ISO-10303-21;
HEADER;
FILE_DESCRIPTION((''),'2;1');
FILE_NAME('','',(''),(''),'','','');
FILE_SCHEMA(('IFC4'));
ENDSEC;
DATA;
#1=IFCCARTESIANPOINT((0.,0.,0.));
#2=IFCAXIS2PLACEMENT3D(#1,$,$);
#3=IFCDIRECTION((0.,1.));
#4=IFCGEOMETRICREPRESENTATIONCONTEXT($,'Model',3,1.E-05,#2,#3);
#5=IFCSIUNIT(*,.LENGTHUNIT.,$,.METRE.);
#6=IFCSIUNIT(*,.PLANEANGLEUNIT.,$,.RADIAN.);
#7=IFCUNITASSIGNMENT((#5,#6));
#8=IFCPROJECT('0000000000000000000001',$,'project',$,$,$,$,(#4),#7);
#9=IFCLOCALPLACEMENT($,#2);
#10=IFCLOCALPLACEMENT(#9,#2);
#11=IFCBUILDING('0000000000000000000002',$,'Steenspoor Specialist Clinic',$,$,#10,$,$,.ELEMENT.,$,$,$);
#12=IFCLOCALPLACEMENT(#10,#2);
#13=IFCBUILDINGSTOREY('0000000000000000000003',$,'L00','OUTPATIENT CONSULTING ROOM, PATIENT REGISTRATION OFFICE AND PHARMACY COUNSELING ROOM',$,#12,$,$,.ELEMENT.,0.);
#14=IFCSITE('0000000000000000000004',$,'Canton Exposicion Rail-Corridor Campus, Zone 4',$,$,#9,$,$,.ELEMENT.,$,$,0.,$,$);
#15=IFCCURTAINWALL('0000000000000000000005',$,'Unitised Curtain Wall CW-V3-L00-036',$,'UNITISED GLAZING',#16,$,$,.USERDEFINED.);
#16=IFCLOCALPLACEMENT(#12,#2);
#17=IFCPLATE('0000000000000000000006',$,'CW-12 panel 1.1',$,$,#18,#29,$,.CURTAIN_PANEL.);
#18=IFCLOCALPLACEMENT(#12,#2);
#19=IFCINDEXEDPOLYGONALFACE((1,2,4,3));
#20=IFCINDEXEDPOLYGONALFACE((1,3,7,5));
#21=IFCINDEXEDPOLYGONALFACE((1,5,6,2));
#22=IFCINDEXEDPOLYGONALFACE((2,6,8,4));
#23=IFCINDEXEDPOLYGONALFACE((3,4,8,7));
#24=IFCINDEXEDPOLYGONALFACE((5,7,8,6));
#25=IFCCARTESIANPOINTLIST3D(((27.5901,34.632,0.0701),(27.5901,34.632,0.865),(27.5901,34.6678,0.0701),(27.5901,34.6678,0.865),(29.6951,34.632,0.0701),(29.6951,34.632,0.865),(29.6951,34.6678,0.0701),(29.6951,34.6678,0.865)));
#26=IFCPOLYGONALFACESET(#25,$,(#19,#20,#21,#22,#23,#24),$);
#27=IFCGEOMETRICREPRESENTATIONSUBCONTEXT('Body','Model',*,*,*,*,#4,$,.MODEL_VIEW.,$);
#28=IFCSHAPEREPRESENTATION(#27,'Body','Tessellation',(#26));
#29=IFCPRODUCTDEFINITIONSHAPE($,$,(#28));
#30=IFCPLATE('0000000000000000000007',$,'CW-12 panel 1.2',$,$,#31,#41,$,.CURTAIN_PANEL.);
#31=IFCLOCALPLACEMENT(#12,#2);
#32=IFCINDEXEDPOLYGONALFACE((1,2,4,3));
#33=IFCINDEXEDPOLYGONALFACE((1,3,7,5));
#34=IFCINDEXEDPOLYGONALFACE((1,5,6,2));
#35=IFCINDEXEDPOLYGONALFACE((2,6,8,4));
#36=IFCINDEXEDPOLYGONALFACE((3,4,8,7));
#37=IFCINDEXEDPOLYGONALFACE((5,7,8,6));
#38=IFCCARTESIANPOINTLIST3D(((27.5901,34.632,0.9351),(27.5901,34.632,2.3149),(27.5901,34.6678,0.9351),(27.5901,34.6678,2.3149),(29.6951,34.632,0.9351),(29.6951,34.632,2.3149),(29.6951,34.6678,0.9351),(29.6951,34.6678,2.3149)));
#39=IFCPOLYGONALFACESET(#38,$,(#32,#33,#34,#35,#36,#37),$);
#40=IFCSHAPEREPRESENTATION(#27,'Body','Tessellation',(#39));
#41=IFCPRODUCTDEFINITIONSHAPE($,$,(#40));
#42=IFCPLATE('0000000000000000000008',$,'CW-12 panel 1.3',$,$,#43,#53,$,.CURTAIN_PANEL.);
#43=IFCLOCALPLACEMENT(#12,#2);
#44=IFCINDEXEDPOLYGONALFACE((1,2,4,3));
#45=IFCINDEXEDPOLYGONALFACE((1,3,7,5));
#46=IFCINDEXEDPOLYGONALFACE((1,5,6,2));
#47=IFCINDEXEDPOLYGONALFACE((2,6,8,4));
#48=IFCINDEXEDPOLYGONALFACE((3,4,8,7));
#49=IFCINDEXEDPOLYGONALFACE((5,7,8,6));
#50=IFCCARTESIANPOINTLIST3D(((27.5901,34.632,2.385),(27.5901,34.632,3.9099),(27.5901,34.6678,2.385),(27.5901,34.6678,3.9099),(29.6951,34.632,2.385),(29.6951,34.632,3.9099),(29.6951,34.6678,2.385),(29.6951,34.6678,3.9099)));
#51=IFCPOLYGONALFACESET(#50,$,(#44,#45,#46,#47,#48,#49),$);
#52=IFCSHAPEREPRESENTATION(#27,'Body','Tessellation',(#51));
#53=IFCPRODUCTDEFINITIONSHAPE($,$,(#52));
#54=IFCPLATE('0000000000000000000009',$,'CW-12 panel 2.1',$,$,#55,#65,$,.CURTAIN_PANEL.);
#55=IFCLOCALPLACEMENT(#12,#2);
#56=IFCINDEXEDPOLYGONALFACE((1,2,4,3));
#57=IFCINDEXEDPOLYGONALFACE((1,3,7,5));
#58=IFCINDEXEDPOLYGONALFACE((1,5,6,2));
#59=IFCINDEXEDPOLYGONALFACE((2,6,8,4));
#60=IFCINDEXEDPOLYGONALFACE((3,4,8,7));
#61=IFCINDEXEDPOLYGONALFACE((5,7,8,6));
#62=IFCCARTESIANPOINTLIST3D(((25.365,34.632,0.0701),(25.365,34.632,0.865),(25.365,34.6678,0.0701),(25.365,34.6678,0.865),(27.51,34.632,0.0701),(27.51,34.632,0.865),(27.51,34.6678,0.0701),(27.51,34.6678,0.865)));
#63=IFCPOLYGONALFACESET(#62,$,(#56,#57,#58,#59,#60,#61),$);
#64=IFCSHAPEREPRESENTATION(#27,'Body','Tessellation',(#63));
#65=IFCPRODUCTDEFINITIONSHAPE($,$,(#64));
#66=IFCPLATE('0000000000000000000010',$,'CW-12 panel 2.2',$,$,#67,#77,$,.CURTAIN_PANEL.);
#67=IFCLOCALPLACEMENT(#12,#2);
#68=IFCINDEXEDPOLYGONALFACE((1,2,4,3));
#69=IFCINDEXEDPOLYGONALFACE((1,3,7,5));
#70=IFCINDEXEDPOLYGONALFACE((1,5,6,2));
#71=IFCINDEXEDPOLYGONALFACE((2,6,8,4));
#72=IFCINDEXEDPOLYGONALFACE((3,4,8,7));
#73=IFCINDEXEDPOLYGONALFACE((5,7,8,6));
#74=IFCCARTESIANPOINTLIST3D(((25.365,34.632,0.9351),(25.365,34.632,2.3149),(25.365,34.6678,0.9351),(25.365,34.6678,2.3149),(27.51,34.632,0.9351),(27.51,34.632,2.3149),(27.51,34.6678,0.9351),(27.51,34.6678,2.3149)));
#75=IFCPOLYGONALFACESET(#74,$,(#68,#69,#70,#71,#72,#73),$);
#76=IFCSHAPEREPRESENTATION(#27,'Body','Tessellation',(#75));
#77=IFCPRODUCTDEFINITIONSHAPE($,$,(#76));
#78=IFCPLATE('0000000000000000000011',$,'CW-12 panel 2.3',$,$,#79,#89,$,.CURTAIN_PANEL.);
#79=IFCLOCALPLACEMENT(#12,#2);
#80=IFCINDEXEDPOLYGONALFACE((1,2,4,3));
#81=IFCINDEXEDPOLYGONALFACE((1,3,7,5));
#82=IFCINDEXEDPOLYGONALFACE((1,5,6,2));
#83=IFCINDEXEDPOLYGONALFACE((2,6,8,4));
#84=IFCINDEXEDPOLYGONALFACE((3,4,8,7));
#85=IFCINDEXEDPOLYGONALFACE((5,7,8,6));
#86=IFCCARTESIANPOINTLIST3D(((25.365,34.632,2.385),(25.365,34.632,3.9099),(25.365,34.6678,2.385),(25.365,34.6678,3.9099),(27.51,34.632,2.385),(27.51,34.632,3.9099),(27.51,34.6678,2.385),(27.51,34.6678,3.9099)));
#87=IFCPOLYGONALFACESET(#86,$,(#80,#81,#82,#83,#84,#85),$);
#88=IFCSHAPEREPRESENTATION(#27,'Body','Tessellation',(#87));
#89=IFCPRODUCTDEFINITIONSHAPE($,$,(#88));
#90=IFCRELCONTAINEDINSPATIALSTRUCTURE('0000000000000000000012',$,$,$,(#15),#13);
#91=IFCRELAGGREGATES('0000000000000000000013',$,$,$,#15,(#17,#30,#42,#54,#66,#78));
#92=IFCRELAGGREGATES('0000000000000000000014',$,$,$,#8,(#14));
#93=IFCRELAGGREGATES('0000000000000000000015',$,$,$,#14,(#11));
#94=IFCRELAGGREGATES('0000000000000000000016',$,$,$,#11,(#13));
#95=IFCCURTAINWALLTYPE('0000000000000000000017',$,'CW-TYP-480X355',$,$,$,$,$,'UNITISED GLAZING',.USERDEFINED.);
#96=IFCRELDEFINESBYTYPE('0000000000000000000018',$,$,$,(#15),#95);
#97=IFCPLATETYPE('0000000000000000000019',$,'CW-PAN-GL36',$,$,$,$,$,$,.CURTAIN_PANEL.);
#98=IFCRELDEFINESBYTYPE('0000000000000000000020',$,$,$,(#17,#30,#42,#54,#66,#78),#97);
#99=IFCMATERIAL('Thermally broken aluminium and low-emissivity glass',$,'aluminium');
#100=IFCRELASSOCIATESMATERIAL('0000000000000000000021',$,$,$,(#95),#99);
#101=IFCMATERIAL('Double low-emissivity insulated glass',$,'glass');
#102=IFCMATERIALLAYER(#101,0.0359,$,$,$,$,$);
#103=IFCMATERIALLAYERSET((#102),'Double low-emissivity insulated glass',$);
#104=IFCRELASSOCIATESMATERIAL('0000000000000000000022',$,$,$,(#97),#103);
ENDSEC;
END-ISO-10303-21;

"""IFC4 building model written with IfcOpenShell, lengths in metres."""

from ifc_helpers import new_model, si_unit, direction, frame, origin, origin_2d, place, context, subcontext, project, spatial, rectangle, extrude, material, layer, layer_set, type_object, element, aggregate, save


model = new_model("IFC4")

# Units and contexts
model_context = context("Model", 3, precision=1e-05, world=origin(), true_north=direction((0.0, 1.0)))
body_context = subcontext(model_context, "Body", "Model", "MODEL_VIEW")
ifc_project = project(units=[si_unit("LENGTHUNIT", "METRE"), si_unit("PLANEANGLEUNIT", "RADIAN")], contexts=[model_context])

# Site, building, storey
site_placement = place(None, origin())
site = spatial("IfcSite", under=ifc_project, at=site_placement, Name="Canton Exposicion Rail-Corridor Campus, Zone 4", CompositionType="ELEMENT", RefElevation=0.0)
building_placement = place(site_placement, origin())
building = spatial("IfcBuilding", under=site, at=building_placement, Name="Steenspoor Specialist Clinic", CompositionType="ELEMENT")
storey_placement = place(building_placement, origin())
storey = spatial("IfcBuildingStorey", under=building, at=storey_placement, Name="L00", Description="OUTPATIENT CONSULTING ROOM, PATIENT REGISTRATION OFFICE AND PHARMACY COUNSELING ROOM", CompositionType="ELEMENT", Elevation=0.0)

# Curtain wall, plates
ifc_material_1 = material(Name="Thermally broken aluminium and low-emissivity glass", Category="aluminium")
curtain_wall_type = type_object("IfcCurtainWallType", Name="CW-TYP-480X355", ElementType="UNITISED GLAZING", PredefinedType="USERDEFINED", material=ifc_material_1)
curtain_wall_placement = place(storey_placement, origin())
curtain_wall = element("IfcCurtainWall", 1, at=curtain_wall_placement, inside=storey, type_object=curtain_wall_type, Name="Unitised Curtain Wall CW-V3-L00-036", ObjectType="UNITISED GLAZING", PredefinedType="USERDEFINED")
ifc_material_2 = material(Name="Double low-emissivity insulated glass", Category="glass")
ifc_layer = layer(ifc_material_2, 0.0359)
ifc_layer_set = layer_set([ifc_layer], Name="Double low-emissivity insulated glass")
plate_type = type_object("IfcPlateType", Name="CW-PAN-GL36", PredefinedType="CURTAIN_PANEL", material=ifc_layer_set)
plate_1_placement = place(storey_placement, frame((28.6426, 34.6499, 0.0701), z_axis=(0.0, 0.0, 1.0), x_axis=(-1.0, 0.0, 0.0)))
plate_1 = element("IfcPlate", 2, at=plate_1_placement, type_object=plate_type, Name="CW-12 panel 1.1", PredefinedType="CURTAIN_PANEL", context=body_context, shape_type="SweptSolid", body=[
    extrude(rectangle(XDim=2.105, YDim=0.0359, at=origin_2d()), origin(), (0.0, 0.0, 1.0), 0.7949),
])
plate_2_placement = place(storey_placement, frame((28.6426, 34.6499, 0.9351), z_axis=(0.0, 0.0, 1.0), x_axis=(-1.0, 0.0, 0.0)))
plate_2 = element("IfcPlate", 3, at=plate_2_placement, type_object=plate_type, Name="CW-12 panel 1.2", PredefinedType="CURTAIN_PANEL", context=body_context, shape_type="SweptSolid", body=[
    extrude(rectangle(XDim=2.105, YDim=0.0359, at=origin_2d()), origin(), (0.0, 0.0, 1.0), 1.3799),
])
plate_3_placement = place(storey_placement, frame((28.6426, 34.6499, 2.385), z_axis=(0.0, 0.0, 1.0), x_axis=(-1.0, 0.0, 0.0)))
plate_3 = element("IfcPlate", 4, at=plate_3_placement, type_object=plate_type, Name="CW-12 panel 1.3", PredefinedType="CURTAIN_PANEL", context=body_context, shape_type="SweptSolid", body=[
    extrude(rectangle(XDim=2.105, YDim=0.0359, at=origin_2d()), origin(), (0.0, 0.0, 1.0), 1.5249),
])
plate_4_placement = place(storey_placement, frame((26.4375, 34.6499, 0.0701), z_axis=(0.0, 0.0, 1.0), x_axis=(-1.0, 0.0, 0.0)))
plate_4 = element("IfcPlate", 5, at=plate_4_placement, type_object=plate_type, Name="CW-12 panel 2.1", PredefinedType="CURTAIN_PANEL", context=body_context, shape_type="SweptSolid", body=[
    extrude(rectangle(XDim=2.145, YDim=0.0359, at=origin_2d()), origin(), (0.0, 0.0, 1.0), 0.7949),
])
plate_5_placement = place(storey_placement, frame((26.4375, 34.6499, 0.9351), z_axis=(0.0, 0.0, 1.0), x_axis=(-1.0, 0.0, 0.0)))
plate_5 = element("IfcPlate", 6, at=plate_5_placement, type_object=plate_type, Name="CW-12 panel 2.2", PredefinedType="CURTAIN_PANEL", context=body_context, shape_type="SweptSolid", body=[
    extrude(rectangle(XDim=2.145, YDim=0.0359, at=origin_2d()), origin(), (0.0, 0.0, 1.0), 1.3799),
])
plate_6_placement = place(storey_placement, frame((26.4375, 34.6499, 2.385), z_axis=(0.0, 0.0, 1.0), x_axis=(-1.0, 0.0, 0.0)))
plate_6 = element("IfcPlate", 7, at=plate_6_placement, type_object=plate_type, Name="CW-12 panel 2.3", PredefinedType="CURTAIN_PANEL", context=body_context, shape_type="SweptSolid", body=[
    extrude(rectangle(XDim=2.145, YDim=0.0359, at=origin_2d()), origin(), (0.0, 0.0, 1.0), 1.5249),
])
aggregate(curtain_wall, [plate_1, plate_2, plate_3, plate_4, plate_5, plate_6])

save(model, "model.ifc")
